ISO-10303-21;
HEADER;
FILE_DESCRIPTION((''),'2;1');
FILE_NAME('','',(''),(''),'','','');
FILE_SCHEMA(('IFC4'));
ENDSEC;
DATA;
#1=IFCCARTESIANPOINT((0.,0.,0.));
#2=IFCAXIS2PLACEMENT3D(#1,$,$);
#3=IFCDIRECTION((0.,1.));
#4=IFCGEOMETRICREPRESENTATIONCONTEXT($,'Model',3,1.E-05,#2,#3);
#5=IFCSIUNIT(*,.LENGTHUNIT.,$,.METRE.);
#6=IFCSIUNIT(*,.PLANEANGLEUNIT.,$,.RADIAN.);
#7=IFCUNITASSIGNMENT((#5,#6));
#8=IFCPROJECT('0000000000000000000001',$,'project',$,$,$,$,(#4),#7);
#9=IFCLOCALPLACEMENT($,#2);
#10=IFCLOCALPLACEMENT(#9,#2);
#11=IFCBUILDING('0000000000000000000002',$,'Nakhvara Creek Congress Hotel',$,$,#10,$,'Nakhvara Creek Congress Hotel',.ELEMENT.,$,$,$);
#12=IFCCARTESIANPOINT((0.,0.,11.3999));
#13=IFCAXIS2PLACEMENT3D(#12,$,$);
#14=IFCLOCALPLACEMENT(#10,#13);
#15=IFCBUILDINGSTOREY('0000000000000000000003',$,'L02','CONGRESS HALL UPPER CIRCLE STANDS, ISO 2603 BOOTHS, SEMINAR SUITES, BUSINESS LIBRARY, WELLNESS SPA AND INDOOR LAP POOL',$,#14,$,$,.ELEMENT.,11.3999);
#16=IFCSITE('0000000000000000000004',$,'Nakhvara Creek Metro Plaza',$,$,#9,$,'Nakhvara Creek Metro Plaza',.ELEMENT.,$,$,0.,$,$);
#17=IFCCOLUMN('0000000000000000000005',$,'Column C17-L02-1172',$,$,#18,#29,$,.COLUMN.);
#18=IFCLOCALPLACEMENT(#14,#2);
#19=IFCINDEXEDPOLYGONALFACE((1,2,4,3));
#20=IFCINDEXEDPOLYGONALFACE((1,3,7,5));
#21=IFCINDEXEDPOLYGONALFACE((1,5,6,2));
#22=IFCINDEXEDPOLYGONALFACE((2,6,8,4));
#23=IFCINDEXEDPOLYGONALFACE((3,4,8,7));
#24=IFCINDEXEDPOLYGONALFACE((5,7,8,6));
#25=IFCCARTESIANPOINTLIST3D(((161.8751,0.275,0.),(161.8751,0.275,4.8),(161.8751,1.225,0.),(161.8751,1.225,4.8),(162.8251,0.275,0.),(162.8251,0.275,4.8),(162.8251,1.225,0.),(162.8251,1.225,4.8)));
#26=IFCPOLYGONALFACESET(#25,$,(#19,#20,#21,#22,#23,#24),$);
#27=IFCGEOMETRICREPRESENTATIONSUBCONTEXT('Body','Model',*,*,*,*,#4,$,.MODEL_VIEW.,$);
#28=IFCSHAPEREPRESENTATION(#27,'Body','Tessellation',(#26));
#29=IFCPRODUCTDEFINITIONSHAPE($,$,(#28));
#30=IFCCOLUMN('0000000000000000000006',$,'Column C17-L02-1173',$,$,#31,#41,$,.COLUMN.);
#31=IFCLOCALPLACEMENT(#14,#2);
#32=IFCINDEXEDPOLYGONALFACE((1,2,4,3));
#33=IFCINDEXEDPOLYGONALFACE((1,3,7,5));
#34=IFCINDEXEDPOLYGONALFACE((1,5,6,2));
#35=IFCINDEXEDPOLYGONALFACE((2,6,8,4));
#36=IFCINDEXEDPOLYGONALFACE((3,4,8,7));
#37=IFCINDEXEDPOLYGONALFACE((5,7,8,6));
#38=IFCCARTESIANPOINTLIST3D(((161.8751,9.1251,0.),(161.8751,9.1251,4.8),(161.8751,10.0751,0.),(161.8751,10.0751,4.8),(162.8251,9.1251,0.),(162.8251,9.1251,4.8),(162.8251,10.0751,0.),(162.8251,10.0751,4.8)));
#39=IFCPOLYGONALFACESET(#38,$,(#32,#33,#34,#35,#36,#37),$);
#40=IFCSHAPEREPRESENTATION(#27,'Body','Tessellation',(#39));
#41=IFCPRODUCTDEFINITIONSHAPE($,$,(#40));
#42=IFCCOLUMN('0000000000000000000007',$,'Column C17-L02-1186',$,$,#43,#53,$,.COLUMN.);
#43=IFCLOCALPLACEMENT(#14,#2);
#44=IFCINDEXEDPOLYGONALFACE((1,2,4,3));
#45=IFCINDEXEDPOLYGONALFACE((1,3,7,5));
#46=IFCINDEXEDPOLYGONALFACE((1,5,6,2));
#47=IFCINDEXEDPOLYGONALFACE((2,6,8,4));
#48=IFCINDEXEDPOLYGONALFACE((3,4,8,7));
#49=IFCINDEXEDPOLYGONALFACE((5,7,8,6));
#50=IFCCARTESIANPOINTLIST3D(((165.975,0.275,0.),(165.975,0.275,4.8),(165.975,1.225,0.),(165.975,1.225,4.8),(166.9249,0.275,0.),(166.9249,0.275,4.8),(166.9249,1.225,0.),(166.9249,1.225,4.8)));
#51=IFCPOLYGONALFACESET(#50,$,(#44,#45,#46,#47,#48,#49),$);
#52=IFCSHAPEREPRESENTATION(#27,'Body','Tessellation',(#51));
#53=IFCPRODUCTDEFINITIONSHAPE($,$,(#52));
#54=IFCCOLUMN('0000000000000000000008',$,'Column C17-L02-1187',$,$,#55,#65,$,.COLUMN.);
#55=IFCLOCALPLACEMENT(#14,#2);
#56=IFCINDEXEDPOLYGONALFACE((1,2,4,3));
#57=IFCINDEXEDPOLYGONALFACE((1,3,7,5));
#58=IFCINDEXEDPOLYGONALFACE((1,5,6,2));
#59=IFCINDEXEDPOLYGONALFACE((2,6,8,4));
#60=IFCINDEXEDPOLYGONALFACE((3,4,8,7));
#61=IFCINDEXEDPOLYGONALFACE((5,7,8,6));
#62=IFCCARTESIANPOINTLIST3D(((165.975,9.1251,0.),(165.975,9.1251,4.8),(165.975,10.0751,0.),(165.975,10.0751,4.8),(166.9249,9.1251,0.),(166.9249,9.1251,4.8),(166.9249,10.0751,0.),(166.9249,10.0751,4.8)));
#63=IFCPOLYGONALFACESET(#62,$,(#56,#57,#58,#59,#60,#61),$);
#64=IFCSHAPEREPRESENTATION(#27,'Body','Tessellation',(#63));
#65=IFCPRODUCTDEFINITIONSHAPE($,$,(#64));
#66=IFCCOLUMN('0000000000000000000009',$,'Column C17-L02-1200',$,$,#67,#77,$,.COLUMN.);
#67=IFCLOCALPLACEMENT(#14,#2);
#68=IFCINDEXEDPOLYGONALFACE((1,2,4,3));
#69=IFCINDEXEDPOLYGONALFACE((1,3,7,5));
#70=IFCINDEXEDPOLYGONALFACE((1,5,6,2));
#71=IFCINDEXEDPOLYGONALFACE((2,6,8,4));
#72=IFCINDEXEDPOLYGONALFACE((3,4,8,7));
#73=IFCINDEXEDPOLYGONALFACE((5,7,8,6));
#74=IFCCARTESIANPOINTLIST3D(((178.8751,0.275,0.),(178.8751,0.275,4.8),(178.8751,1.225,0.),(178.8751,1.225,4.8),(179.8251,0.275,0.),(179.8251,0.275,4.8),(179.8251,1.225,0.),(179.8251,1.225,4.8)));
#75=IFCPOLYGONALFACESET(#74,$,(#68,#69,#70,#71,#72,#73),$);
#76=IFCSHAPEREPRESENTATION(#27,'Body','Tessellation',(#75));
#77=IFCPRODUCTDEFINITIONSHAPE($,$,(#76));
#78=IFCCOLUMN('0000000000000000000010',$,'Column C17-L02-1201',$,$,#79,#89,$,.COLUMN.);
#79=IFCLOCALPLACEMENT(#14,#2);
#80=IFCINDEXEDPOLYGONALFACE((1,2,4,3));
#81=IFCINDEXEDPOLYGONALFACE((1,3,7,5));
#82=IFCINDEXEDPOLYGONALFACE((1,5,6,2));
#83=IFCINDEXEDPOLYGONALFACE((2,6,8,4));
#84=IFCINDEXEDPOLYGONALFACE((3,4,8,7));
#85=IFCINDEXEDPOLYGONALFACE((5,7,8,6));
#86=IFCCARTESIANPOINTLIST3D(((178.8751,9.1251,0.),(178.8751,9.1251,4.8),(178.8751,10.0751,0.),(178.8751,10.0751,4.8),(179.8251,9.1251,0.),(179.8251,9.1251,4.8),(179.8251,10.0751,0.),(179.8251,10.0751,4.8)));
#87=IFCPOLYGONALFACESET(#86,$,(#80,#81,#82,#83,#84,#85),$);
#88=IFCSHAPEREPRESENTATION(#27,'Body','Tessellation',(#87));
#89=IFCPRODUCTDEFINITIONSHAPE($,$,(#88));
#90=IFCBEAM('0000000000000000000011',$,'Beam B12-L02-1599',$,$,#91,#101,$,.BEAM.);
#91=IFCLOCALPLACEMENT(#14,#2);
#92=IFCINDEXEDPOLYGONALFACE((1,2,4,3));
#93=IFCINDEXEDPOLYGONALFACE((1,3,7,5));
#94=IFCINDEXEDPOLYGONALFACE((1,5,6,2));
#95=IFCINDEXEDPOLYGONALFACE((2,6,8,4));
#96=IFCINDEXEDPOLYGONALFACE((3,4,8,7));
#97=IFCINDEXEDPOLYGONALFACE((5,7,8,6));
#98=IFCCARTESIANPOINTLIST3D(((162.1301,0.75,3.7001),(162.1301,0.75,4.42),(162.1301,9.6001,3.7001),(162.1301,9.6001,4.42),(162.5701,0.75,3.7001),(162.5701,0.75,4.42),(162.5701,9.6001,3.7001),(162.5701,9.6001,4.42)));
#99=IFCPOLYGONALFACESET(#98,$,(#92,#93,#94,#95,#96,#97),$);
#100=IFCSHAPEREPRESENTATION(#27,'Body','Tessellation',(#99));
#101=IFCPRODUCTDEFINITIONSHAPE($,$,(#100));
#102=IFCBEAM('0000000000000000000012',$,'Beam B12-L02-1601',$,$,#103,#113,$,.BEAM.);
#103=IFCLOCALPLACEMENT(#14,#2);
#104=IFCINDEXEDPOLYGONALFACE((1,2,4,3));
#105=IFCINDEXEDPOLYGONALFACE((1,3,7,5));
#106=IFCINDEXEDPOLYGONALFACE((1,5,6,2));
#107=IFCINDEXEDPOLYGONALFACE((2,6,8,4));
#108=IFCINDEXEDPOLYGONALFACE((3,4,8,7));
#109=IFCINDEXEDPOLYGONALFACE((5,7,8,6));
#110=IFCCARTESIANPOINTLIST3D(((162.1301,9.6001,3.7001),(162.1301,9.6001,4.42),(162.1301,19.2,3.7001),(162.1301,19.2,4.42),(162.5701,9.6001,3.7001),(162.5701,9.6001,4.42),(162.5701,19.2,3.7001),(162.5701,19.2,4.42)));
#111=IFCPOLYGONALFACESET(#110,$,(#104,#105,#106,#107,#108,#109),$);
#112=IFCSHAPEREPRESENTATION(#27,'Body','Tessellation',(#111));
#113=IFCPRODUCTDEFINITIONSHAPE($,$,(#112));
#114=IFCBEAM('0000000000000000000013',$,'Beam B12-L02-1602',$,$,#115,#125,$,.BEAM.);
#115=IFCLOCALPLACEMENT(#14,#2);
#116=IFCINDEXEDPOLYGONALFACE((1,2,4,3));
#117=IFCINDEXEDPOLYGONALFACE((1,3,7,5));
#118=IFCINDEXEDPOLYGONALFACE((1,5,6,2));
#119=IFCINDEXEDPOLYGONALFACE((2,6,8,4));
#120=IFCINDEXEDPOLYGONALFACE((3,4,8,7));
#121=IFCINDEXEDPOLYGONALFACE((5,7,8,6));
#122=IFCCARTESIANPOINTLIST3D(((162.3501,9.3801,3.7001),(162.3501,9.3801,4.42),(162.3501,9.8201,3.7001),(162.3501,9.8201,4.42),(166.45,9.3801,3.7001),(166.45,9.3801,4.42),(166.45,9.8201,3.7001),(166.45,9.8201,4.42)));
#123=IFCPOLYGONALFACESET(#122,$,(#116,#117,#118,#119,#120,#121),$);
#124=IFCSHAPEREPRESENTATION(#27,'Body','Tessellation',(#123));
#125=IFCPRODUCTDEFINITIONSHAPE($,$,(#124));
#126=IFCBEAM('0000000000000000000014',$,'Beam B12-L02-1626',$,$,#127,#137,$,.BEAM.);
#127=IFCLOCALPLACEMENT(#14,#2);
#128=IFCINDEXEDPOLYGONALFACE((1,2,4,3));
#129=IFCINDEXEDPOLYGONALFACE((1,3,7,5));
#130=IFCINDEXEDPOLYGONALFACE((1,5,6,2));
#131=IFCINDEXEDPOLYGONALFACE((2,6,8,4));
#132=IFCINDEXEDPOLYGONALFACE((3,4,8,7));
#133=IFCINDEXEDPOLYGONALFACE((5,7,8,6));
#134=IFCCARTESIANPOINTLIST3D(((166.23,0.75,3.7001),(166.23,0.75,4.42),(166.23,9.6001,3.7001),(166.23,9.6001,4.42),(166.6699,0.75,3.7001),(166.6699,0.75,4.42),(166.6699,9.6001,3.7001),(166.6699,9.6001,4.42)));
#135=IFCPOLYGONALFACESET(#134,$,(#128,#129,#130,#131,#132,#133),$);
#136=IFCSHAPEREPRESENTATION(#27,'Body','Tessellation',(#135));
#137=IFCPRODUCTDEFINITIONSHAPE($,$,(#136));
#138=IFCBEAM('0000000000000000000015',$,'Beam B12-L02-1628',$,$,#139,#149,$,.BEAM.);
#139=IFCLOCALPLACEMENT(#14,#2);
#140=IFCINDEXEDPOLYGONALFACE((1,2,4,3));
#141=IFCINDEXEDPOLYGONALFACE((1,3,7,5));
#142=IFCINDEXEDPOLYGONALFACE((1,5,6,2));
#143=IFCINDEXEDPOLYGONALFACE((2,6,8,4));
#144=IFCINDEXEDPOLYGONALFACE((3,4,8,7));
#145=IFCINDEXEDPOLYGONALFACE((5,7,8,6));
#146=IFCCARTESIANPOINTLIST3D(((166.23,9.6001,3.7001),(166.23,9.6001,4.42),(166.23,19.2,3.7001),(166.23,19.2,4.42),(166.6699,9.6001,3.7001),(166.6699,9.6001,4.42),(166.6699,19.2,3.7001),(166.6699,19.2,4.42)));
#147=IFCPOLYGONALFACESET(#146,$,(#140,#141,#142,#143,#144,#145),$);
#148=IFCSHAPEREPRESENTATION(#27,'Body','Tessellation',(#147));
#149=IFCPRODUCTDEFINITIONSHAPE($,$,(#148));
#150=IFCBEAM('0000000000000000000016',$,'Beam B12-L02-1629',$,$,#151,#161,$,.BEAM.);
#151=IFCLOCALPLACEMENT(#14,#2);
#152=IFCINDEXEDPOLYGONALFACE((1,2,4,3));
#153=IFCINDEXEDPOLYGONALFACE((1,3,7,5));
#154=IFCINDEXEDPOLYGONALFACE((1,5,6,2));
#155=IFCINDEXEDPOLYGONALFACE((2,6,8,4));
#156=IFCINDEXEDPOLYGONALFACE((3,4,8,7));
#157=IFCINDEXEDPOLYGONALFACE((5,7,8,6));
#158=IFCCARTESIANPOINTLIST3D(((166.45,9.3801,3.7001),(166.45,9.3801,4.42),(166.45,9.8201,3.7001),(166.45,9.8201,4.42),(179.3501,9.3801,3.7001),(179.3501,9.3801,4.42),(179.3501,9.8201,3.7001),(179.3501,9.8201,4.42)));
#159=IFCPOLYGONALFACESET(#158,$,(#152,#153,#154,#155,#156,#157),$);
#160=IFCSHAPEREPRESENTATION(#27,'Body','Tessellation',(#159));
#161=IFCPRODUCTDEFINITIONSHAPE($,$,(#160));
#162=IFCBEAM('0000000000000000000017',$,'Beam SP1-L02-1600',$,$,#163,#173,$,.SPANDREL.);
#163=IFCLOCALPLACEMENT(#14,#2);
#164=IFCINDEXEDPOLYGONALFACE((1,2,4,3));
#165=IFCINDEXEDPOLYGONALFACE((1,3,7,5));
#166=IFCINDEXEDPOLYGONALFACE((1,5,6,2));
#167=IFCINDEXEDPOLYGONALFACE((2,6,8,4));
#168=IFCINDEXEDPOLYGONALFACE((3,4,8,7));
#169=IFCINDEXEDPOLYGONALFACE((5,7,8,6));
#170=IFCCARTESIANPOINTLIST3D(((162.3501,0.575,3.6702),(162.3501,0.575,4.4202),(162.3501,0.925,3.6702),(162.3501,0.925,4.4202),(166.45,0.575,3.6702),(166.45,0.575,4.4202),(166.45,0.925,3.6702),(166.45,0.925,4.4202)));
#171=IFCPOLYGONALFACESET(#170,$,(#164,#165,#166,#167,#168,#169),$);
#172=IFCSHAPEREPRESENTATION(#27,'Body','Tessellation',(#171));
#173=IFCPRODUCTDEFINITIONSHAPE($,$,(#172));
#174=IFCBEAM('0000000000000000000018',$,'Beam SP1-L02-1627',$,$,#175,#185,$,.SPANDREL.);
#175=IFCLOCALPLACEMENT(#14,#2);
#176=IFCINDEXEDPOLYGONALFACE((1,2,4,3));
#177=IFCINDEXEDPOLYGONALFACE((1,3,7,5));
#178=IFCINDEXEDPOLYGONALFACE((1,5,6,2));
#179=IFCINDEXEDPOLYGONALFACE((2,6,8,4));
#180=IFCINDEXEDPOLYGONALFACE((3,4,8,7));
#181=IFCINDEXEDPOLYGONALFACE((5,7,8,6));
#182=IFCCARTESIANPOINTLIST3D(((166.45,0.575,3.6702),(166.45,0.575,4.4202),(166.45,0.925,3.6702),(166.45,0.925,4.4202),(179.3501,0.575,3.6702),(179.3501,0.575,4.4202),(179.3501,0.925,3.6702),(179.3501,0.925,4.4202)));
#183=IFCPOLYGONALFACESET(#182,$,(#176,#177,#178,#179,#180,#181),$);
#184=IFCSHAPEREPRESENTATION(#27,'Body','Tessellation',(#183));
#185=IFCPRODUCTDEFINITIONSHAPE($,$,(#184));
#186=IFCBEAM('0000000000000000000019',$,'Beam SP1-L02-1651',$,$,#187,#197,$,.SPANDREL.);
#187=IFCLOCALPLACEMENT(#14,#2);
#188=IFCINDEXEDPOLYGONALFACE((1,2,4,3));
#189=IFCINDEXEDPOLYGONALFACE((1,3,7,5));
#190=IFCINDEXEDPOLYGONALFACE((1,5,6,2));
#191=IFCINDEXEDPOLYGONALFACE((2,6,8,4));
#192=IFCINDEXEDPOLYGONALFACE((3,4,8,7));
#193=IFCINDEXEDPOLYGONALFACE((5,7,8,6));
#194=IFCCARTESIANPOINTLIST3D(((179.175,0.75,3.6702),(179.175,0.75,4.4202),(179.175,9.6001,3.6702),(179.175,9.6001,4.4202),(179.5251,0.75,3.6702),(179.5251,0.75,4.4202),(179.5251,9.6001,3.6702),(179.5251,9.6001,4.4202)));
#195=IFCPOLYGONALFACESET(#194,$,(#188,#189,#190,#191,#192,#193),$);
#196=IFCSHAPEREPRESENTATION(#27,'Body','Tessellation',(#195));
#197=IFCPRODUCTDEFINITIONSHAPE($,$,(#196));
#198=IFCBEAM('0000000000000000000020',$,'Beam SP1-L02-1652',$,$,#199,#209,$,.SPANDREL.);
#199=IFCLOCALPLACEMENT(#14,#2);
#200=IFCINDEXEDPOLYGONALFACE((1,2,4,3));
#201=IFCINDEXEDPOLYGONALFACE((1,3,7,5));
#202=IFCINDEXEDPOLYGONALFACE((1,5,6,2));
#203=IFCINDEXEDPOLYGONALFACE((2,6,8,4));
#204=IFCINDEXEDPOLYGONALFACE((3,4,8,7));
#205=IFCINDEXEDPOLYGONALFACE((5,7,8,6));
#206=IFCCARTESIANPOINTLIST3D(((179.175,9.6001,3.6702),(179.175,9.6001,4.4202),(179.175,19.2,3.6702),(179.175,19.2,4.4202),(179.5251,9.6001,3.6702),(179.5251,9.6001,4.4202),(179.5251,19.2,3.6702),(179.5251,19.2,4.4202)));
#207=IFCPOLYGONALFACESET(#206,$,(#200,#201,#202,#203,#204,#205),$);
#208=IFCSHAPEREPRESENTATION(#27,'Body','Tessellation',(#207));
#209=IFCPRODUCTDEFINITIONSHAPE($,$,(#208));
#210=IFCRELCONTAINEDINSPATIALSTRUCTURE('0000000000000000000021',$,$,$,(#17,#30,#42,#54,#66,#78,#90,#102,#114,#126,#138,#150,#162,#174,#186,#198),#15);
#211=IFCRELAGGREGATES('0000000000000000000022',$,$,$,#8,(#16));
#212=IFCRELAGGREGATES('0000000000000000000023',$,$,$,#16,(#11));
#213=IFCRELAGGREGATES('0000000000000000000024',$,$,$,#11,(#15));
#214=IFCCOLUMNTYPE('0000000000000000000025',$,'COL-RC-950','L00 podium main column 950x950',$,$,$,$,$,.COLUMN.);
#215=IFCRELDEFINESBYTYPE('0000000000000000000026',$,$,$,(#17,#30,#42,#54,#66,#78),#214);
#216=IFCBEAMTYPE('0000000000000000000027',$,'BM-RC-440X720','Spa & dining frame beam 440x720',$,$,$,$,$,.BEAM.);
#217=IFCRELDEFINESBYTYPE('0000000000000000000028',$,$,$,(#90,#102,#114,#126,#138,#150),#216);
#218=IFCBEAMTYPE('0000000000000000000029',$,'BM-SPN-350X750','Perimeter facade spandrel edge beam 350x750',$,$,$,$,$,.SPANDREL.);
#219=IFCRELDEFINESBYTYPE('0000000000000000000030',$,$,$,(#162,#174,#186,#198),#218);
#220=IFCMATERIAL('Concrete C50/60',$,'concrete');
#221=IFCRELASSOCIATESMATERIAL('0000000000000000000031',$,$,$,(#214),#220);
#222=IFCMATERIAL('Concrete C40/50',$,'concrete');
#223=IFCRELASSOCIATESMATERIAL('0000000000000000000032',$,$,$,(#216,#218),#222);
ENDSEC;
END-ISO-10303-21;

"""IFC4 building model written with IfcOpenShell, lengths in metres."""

from ifc_helpers import new_model, si_unit, direction, frame, origin, origin_2d, place, context, subcontext, project, spatial, rectangle, extrude, material, material_profile, profile_set, type_object, element, save


model = new_model("IFC4")

# Units and contexts
model_context = context("Model", 3, precision=1e-05, world=origin(), true_north=direction((0.0, 1.0)))
body_context = subcontext(model_context, "Body", "Model", "MODEL_VIEW")
ifc_project = project(units=[si_unit("LENGTHUNIT", "METRE"), si_unit("PLANEANGLEUNIT", "RADIAN")], contexts=[model_context])

# Site, building, storey
site_placement = place(None, origin())
site = spatial("IfcSite", under=ifc_project, at=site_placement, Name="Nakhvara Creek Metro Plaza", LongName="Nakhvara Creek Metro Plaza", CompositionType="ELEMENT", RefElevation=0.0)
building_placement = place(site_placement, origin())
building = spatial("IfcBuilding", under=site, at=building_placement, Name="Nakhvara Creek Congress Hotel", LongName="Nakhvara Creek Congress Hotel", CompositionType="ELEMENT")
storey_placement = place(building_placement, frame((0.0, 0.0, 11.3999)))
storey = spatial("IfcBuildingStorey", under=building, at=storey_placement, Name="L02", Description="CONGRESS HALL UPPER CIRCLE STANDS, ISO 2603 BOOTHS, SEMINAR SUITES, BUSINESS LIBRARY, WELLNESS SPA AND INDOOR LAP POOL", CompositionType="ELEMENT", Elevation=11.3999)

# Columns
ifc_material_1 = material(Name="Concrete C50/60", Category="concrete")
ifc_material_profile_1 = material_profile(ifc_material_1, rectangle(XDim=0.95, YDim=0.95, at=origin_2d()), Name="RC-COL 950x950", Category="LoadBearing")
ifc_profile_set_1 = profile_set([ifc_material_profile_1], Name="Concrete C50/60")
column_type = type_object("IfcColumnType", Name="COL-RC-950", Description="L00 podium main column 950x950", PredefinedType="COLUMN", material=ifc_profile_set_1)
for number, where, z_axis, x_axis, name in (
    (1, (162.3501, 0.75, 0.0), (0.0, 0.0, 1.0), (1.0, 0.0, 0.0), "Column C17-L02-1172"),
    (2, (162.3501, 9.6001, 0.0), (0.0, 0.0, 1.0), (1.0, 0.0, 0.0), "Column C17-L02-1173"),
    (3, (166.45, 0.75, 0.0), (0.0, 0.0, 1.0), (1.0, 0.0, 0.0), "Column C17-L02-1186"),
    (4, (166.45, 9.6001, 0.0), (0.0, 0.0, 1.0), (1.0, 0.0, 0.0), "Column C17-L02-1187"),
    (5, (179.3501, 0.75, 0.0), (0.0, 0.0, 1.0), (1.0, 0.0, 0.0), "Column C17-L02-1200"),
    (6, (179.3501, 9.6001, 0.0), (0.0, 0.0, 1.0), (1.0, 0.0, 0.0), "Column C17-L02-1201"),
):
    element("IfcColumn", number, at=place(storey_placement, frame(where, z_axis=z_axis, x_axis=x_axis)), inside=storey, type_object=column_type, Name=name, PredefinedType="COLUMN", context=body_context, shape_type="SweptSolid", body=[
        extrude(rectangle(XDim=0.95, YDim=0.95, at=origin_2d()), origin(), (0.0, 0.0, 1.0), 4.8),
    ])

# Beams
ifc_material_2 = material(Name="Concrete C40/50", Category="concrete")
ifc_material_profile_2 = material_profile(ifc_material_2, rectangle(XDim=0.4399, YDim=0.72, at=origin_2d()), Name="RC-BM 440x720", Category="LoadBearing")
ifc_profile_set_2 = profile_set([ifc_material_profile_2], Name="Concrete C40/50")
beam_type_1 = type_object("IfcBeamType", Name="BM-RC-440X720", Description="Spa & dining frame beam 440x720", PredefinedType="BEAM", material=ifc_profile_set_2)
beam_1_placement = place(storey_placement, frame((162.3501, 0.75, 4.0601), z_axis=(0.0, 1.0, 0.0), x_axis=(-1.0, 0.0, 0.0)))
element("IfcBeam", 7, at=beam_1_placement, inside=storey, type_object=beam_type_1, Name="Beam B12-L02-1599", PredefinedType="BEAM", context=body_context, shape_type="SweptSolid", body=[
    extrude(rectangle(XDim=0.4399, YDim=0.72, at=origin_2d()), origin(), (0.0, 0.0, 1.0), 8.8501),
])
beam_2_placement = place(storey_placement, frame((162.3501, 9.6001, 4.0601), z_axis=(0.0, 1.0, 0.0), x_axis=(-1.0, 0.0, 0.0)))
element("IfcBeam", 8, at=beam_2_placement, inside=storey, type_object=beam_type_1, Name="Beam B12-L02-1601", PredefinedType="BEAM", context=body_context, shape_type="SweptSolid", body=[
    extrude(rectangle(XDim=0.4399, YDim=0.72, at=origin_2d()), origin(), (0.0, 0.0, 1.0), 9.5999),
])
beam_3_placement = place(storey_placement, frame((162.3501, 9.6001, 4.0601), z_axis=(1.0, 0.0, 0.0), x_axis=(0.0, 1.0, 0.0)))
element("IfcBeam", 9, at=beam_3_placement, inside=storey, type_object=beam_type_1, Name="Beam B12-L02-1602", PredefinedType="BEAM", context=body_context, shape_type="SweptSolid", body=[
    extrude(rectangle(XDim=0.4399, YDim=0.72, at=origin_2d()), origin(), (0.0, 0.0, 1.0), 4.0999),
])
beam_4_placement = place(storey_placement, frame((166.45, 0.75, 4.0601), z_axis=(0.0, 1.0, 0.0), x_axis=(-1.0, 0.0, 0.0)))
element("IfcBeam", 10, at=beam_4_placement, inside=storey, type_object=beam_type_1, Name="Beam B12-L02-1626", PredefinedType="BEAM", context=body_context, shape_type="SweptSolid", body=[
    extrude(rectangle(XDim=0.4399, YDim=0.72, at=origin_2d()), origin(), (0.0, 0.0, 1.0), 8.8501),
])
beam_5_placement = place(storey_placement, frame((166.45, 9.6001, 4.0601), z_axis=(0.0, 1.0, 0.0), x_axis=(-1.0, 0.0, 0.0)))
element("IfcBeam", 11, at=beam_5_placement, inside=storey, type_object=beam_type_1, Name="Beam B12-L02-1628", PredefinedType="BEAM", context=body_context, shape_type="SweptSolid", body=[
    extrude(rectangle(XDim=0.4399, YDim=0.72, at=origin_2d()), origin(), (0.0, 0.0, 1.0), 9.5999),
])
beam_6_placement = place(storey_placement, frame((166.45, 9.6001, 4.0601), z_axis=(1.0, 0.0, 0.0), x_axis=(0.0, 1.0, 0.0)))
element("IfcBeam", 12, at=beam_6_placement, inside=storey, type_object=beam_type_1, Name="Beam B12-L02-1629", PredefinedType="BEAM", context=body_context, shape_type="SweptSolid", body=[
    extrude(rectangle(XDim=0.4399, YDim=0.72, at=origin_2d()), origin(), (0.0, 0.0, 1.0), 12.9001),
])
ifc_material_profile_3 = material_profile(ifc_material_2, rectangle(XDim=0.3501, YDim=0.75, at=origin_2d()), Name="RC-SPANDREL 350x750", Category="LoadBearing")
ifc_profile_set_3 = profile_set([ifc_material_profile_3], Name="Concrete C40/50")
beam_type_2 = type_object("IfcBeamType", Name="BM-SPN-350X750", Description="Perimeter facade spandrel edge beam 350x750", PredefinedType="SPANDREL", material=ifc_profile_set_3)
beam_7_placement = place(storey_placement, frame((162.3501, 0.75, 4.0452), z_axis=(1.0, 0.0, 0.0), x_axis=(0.0, 1.0, 0.0)))
element("IfcBeam", 13, at=beam_7_placement, inside=storey, type_object=beam_type_2, Name="Beam SP1-L02-1600", PredefinedType="SPANDREL", context=body_context, shape_type="SweptSolid", body=[
    extrude(rectangle(XDim=0.3501, YDim=0.75, at=origin_2d()), origin(), (0.0, 0.0, 1.0), 4.0999),
])
beam_8_placement = place(storey_placement, frame((166.45, 0.75, 4.0452), z_axis=(1.0, 0.0, 0.0), x_axis=(0.0, 1.0, 0.0)))
element("IfcBeam", 14, at=beam_8_placement, inside=storey, type_object=beam_type_2, Name="Beam SP1-L02-1627", PredefinedType="SPANDREL", context=body_context, shape_type="SweptSolid", body=[
    extrude(rectangle(XDim=0.3501, YDim=0.75, at=origin_2d()), origin(), (0.0, 0.0, 1.0), 12.9001),
])
beam_9_placement = place(storey_placement, frame((179.3501, 0.75, 4.0452), z_axis=(0.0, 1.0, 0.0), x_axis=(-1.0, 0.0, 0.0)))
element("IfcBeam", 15, at=beam_9_placement, inside=storey, type_object=beam_type_2, Name="Beam SP1-L02-1651", PredefinedType="SPANDREL", context=body_context, shape_type="SweptSolid", body=[
    extrude(rectangle(XDim=0.3501, YDim=0.75, at=origin_2d()), origin(), (0.0, 0.0, 1.0), 8.8501),
])
beam_10_placement = place(storey_placement, frame((179.3501, 9.6001, 4.0452), z_axis=(0.0, 1.0, 0.0), x_axis=(-1.0, 0.0, 0.0)))
element("IfcBeam", 16, at=beam_10_placement, inside=storey, type_object=beam_type_2, Name="Beam SP1-L02-1652", PredefinedType="SPANDREL", context=body_context, shape_type="SweptSolid", body=[
    extrude(rectangle(XDim=0.3501, YDim=0.75, at=origin_2d()), origin(), (0.0, 0.0, 1.0), 9.5999),
])

save(model, "model.ifc")
